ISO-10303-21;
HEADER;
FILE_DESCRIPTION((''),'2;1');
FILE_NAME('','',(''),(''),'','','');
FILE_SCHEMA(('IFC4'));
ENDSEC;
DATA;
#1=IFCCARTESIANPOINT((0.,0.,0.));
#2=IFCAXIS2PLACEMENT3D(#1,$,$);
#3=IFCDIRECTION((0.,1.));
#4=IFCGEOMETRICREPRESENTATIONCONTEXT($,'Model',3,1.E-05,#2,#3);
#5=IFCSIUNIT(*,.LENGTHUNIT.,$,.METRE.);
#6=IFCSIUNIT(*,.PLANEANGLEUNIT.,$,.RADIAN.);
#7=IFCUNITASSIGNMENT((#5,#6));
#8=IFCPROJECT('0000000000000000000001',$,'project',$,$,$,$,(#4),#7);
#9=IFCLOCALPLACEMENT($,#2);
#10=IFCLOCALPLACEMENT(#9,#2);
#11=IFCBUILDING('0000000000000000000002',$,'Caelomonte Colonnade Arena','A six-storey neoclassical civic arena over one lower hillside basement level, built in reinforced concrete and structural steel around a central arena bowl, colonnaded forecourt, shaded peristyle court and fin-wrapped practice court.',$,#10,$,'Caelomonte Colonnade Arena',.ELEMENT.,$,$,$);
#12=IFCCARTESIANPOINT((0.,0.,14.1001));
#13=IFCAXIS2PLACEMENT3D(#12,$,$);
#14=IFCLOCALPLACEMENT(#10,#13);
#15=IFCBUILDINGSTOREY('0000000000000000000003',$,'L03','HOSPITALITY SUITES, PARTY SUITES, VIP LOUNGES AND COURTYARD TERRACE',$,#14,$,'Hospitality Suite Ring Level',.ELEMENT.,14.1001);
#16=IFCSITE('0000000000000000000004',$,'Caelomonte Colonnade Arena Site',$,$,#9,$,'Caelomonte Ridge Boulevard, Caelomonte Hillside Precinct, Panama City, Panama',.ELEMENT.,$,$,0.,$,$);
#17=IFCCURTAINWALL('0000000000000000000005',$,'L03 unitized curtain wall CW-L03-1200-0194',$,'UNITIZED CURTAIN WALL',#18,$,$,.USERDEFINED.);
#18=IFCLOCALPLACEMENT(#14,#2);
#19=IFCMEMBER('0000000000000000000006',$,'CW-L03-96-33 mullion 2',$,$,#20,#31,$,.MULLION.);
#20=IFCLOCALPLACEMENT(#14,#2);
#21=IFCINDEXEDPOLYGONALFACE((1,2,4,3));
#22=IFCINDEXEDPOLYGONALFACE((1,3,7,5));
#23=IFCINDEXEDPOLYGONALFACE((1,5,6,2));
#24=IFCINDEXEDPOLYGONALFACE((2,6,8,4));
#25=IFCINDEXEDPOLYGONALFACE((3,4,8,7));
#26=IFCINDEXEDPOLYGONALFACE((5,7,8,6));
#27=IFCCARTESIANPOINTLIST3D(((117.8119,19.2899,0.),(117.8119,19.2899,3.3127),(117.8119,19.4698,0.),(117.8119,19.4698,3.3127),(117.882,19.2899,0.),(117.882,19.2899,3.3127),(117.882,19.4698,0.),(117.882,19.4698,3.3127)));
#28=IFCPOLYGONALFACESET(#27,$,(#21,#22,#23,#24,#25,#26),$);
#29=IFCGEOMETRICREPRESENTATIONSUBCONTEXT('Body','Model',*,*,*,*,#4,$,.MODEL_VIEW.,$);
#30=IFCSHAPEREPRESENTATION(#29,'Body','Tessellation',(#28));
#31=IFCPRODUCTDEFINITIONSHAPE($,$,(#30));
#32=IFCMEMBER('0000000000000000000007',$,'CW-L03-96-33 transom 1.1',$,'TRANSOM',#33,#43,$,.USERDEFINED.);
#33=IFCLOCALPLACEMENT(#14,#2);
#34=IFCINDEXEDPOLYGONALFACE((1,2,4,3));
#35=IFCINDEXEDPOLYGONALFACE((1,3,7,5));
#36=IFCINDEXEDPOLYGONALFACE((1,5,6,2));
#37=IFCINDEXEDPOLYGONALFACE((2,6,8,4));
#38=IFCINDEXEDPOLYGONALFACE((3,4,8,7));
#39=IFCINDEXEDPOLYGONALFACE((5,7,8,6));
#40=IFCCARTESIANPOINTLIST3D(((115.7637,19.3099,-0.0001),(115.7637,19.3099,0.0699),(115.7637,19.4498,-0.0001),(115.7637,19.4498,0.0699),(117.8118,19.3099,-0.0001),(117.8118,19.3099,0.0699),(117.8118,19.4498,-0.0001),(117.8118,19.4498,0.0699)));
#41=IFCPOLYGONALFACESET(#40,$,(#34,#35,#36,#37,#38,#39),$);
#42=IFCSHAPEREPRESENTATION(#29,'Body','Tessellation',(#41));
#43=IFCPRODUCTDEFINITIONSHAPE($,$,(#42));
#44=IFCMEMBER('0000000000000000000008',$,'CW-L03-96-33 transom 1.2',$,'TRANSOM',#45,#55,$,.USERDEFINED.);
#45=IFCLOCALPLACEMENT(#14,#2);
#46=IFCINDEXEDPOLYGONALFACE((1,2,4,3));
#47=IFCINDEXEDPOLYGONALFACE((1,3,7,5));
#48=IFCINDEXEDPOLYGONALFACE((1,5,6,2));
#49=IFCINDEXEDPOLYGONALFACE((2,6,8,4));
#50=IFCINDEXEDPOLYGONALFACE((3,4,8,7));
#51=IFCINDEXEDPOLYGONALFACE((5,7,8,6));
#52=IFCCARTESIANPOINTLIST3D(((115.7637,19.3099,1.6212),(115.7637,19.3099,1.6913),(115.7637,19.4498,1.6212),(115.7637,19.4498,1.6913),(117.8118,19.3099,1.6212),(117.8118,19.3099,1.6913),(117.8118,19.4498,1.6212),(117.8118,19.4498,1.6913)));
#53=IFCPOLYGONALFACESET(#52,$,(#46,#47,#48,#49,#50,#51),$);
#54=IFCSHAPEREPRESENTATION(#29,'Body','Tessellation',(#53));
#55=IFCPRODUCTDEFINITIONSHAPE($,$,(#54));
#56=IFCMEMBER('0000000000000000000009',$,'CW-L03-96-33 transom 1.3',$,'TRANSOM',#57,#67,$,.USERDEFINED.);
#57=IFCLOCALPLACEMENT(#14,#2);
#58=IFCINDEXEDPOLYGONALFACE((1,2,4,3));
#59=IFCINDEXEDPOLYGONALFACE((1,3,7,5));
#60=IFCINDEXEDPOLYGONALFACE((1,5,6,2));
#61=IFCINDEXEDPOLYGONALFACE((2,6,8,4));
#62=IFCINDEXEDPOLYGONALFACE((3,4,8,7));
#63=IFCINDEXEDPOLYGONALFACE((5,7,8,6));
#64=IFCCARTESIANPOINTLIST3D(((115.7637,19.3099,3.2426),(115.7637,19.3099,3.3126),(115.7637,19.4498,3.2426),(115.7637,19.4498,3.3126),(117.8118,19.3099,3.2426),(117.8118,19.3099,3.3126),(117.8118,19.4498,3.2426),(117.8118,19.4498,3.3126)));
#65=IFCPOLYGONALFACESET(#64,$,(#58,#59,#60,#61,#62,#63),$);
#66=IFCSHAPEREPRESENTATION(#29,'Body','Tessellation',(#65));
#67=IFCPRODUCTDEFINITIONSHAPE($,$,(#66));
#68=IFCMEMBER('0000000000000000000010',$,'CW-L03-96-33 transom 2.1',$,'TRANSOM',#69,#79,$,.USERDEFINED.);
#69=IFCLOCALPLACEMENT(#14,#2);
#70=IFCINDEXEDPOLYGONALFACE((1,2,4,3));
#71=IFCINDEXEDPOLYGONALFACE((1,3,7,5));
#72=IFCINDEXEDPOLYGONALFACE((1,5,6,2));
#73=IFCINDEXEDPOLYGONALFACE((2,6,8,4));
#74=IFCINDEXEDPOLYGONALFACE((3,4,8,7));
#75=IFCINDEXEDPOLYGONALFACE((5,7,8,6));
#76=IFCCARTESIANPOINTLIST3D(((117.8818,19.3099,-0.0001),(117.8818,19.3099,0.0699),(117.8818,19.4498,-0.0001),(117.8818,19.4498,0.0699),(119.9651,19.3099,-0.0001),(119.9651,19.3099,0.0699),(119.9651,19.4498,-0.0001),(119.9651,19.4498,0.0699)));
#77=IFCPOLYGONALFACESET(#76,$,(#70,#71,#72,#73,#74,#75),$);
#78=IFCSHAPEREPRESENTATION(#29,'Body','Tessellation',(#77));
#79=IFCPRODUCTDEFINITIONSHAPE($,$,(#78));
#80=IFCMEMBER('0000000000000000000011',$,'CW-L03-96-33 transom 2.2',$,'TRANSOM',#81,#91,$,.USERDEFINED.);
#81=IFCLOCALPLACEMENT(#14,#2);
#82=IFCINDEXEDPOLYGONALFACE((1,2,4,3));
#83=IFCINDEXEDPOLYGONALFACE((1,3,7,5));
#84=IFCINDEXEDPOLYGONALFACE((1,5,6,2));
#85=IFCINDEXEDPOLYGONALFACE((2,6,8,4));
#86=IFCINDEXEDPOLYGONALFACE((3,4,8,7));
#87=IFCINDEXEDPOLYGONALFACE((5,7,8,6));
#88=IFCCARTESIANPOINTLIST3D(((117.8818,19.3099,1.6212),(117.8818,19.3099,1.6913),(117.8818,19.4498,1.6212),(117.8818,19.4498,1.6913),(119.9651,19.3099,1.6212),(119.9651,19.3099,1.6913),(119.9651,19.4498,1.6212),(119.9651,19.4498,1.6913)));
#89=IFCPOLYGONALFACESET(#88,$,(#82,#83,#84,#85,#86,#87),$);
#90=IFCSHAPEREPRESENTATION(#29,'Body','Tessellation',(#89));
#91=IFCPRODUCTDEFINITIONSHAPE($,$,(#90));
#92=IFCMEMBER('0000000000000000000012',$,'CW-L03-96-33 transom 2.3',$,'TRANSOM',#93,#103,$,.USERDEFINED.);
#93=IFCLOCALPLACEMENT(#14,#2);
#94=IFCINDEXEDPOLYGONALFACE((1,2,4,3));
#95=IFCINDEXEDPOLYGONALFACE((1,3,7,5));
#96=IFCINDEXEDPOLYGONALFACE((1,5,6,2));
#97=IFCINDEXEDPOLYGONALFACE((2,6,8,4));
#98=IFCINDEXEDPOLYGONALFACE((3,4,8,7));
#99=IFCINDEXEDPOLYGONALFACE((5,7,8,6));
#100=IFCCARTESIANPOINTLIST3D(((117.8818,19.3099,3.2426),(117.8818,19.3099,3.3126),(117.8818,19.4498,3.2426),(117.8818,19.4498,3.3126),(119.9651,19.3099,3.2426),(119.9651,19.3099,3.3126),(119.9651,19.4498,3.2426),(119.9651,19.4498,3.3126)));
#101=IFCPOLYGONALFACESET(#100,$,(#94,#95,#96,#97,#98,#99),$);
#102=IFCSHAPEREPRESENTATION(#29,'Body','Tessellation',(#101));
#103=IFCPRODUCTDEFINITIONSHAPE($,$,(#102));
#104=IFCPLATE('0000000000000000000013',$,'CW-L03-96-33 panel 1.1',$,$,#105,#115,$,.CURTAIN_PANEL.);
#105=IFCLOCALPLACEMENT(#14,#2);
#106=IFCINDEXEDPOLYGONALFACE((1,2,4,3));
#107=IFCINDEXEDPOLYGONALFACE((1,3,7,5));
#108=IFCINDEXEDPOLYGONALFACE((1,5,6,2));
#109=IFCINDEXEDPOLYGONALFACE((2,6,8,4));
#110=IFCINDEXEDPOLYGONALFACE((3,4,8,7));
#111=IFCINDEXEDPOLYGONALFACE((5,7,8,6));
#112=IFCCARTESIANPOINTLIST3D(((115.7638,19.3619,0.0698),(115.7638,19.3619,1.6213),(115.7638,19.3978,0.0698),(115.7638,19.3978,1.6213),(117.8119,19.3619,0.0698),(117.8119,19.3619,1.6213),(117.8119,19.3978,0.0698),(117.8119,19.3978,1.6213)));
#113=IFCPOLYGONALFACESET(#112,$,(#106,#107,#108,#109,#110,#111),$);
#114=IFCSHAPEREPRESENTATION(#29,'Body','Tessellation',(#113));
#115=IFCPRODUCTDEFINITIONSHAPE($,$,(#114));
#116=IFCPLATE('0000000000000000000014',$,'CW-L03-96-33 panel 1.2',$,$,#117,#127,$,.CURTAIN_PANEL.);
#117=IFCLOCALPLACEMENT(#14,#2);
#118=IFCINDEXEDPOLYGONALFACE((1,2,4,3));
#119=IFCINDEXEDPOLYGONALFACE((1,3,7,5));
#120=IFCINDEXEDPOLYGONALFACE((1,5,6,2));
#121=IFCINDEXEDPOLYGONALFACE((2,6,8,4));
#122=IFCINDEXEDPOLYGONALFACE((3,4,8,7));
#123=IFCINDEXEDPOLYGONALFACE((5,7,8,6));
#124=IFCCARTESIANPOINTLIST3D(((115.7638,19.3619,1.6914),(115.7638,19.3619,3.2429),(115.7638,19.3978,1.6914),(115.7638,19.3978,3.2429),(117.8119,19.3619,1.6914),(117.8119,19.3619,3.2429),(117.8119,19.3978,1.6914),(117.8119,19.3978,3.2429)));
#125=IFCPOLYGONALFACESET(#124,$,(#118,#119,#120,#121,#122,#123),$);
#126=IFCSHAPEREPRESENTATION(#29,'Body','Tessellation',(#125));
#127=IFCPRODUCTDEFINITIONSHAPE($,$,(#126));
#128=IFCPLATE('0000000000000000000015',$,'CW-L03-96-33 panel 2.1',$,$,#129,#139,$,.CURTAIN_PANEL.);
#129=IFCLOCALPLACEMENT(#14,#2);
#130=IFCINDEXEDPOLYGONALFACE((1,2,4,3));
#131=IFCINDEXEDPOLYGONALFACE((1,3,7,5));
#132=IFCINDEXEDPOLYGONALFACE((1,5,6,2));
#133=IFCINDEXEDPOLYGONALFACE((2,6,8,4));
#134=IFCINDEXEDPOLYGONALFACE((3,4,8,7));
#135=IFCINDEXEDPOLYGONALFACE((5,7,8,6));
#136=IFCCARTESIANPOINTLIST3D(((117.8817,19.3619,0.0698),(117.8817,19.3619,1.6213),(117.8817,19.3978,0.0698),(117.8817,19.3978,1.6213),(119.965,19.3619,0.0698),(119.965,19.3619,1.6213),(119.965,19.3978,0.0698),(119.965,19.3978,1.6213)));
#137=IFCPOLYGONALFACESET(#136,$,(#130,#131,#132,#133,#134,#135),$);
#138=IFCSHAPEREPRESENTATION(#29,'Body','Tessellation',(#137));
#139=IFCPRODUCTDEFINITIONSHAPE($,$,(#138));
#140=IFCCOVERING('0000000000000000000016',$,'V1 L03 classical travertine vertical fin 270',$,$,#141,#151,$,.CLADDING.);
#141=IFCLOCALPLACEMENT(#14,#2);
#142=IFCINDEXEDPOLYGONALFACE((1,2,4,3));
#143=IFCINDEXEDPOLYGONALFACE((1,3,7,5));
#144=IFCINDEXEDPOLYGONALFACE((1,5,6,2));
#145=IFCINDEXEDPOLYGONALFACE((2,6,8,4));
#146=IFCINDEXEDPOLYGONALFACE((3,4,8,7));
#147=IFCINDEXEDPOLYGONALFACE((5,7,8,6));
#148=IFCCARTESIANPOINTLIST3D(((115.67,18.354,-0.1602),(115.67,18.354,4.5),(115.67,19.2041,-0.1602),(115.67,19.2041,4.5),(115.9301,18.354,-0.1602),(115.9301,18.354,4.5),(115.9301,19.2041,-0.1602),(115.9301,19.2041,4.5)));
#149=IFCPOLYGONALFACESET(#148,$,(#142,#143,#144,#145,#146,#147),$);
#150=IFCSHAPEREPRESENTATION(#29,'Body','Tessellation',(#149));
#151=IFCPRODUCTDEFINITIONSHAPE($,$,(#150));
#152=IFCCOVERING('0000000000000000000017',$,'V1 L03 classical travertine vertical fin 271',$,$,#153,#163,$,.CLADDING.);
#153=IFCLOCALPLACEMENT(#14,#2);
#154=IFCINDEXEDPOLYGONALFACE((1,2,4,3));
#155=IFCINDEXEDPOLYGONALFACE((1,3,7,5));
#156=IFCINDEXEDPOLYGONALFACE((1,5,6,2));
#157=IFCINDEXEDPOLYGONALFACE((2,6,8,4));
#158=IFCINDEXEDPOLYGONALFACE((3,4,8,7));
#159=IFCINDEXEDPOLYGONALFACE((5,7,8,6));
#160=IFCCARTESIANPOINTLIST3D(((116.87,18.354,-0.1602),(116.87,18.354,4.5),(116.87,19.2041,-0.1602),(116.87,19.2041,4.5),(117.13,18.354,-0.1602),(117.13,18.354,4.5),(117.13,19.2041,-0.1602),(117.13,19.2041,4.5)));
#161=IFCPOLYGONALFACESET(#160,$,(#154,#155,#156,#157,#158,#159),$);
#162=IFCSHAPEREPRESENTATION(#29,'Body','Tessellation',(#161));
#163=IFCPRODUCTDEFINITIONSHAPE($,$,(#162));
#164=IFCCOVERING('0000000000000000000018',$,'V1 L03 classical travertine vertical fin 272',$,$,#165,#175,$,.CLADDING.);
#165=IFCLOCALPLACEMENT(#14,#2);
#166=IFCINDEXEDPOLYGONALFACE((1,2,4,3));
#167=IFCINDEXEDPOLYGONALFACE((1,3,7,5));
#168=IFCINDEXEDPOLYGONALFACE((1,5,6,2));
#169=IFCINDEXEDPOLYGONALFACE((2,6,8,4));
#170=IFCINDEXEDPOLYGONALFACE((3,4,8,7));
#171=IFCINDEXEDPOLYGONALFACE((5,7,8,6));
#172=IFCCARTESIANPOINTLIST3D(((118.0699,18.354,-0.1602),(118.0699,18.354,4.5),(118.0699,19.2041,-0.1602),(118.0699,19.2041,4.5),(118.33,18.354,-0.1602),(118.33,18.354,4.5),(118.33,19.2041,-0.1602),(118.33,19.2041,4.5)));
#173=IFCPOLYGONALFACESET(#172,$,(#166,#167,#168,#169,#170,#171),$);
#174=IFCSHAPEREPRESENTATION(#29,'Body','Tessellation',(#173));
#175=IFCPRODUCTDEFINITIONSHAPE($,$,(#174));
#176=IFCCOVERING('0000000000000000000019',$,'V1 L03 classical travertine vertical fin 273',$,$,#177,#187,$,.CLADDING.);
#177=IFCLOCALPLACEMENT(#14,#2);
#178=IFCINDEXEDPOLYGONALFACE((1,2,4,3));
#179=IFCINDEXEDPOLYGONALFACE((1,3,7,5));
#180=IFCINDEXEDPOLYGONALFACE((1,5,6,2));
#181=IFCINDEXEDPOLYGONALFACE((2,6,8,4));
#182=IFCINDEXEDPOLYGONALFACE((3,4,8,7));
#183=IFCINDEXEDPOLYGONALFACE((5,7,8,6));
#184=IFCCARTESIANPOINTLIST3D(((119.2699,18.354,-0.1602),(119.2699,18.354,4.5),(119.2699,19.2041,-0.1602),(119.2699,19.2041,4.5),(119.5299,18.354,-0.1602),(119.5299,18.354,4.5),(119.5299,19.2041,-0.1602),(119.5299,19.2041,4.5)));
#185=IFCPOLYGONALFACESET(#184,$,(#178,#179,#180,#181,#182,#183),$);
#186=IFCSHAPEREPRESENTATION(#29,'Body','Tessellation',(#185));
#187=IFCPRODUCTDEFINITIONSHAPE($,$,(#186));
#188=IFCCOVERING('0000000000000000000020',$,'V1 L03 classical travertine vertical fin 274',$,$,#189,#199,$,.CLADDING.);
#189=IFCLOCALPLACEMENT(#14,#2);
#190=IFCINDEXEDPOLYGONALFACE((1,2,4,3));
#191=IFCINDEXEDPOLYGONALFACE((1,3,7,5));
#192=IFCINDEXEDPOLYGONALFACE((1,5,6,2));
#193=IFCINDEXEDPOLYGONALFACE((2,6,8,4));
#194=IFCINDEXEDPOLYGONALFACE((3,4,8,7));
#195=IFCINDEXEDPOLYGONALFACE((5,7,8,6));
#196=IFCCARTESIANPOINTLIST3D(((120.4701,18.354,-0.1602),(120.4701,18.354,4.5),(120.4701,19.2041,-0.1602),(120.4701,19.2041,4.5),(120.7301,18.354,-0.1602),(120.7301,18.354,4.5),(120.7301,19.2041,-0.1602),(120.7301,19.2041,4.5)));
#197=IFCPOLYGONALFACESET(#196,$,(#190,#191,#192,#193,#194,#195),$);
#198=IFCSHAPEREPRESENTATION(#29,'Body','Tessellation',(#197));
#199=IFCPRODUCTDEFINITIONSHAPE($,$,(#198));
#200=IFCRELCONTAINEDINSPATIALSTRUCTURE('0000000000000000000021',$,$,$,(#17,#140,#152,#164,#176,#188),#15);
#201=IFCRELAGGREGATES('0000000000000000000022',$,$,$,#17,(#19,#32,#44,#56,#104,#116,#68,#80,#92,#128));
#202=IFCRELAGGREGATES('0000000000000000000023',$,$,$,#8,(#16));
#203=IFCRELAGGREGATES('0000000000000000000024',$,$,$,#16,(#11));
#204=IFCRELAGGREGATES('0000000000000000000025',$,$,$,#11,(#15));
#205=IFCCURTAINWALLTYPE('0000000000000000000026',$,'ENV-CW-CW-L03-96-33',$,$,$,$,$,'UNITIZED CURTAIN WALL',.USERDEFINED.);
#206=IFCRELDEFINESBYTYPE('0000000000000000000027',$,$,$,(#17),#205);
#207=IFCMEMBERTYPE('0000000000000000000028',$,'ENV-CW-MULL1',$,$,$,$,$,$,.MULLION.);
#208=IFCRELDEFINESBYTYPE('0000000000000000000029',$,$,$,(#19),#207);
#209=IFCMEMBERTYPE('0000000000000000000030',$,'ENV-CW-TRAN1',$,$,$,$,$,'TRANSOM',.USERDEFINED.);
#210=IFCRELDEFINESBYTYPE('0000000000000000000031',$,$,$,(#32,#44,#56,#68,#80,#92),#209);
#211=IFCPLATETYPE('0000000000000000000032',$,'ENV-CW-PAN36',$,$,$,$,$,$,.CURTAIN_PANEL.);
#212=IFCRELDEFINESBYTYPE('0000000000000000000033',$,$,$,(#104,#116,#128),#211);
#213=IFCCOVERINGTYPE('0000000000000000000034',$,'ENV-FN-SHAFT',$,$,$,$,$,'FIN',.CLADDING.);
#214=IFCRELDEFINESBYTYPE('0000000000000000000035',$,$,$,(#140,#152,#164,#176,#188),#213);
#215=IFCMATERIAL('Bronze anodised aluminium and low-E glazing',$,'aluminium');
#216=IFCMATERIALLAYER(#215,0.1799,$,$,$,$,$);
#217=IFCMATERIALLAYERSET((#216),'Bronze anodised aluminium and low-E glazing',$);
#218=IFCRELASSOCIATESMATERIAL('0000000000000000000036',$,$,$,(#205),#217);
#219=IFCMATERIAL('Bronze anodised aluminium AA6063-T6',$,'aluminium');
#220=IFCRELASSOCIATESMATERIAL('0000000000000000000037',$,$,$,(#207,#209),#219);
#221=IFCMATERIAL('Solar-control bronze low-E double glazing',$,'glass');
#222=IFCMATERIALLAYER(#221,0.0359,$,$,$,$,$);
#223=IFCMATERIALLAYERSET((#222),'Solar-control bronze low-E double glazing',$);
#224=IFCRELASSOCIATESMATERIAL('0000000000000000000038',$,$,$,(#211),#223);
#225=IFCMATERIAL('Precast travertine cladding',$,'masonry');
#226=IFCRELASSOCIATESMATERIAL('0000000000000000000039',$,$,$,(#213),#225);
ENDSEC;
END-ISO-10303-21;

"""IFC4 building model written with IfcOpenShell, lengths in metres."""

from ifc_helpers import new_model, si_unit, direction, frame, origin, origin_2d, place, context, subcontext, project, spatial, rectangle, extrude, material, layer, layer_set, material_profile, profile_set, type_object, element, aggregate, save


model = new_model("IFC4")

# Units and contexts
model_context = context("Model", 3, precision=1e-05, world=origin(), true_north=direction((0.0, 1.0)))
body_context = subcontext(model_context, "Body", "Model", "MODEL_VIEW")
ifc_project = project(units=[si_unit("LENGTHUNIT", "METRE"), si_unit("PLANEANGLEUNIT", "RADIAN")], contexts=[model_context])

# Site, building, storey
site_placement = place(None, origin())
site = spatial("IfcSite", under=ifc_project, at=site_placement, Name="Caelomonte Colonnade Arena Site", LongName="Caelomonte Ridge Boulevard, Caelomonte Hillside Precinct, Panama City, Panama", CompositionType="ELEMENT", RefElevation=0.0)
building_placement = place(site_placement, origin())
building = spatial("IfcBuilding", under=site, at=building_placement, Name="Caelomonte Colonnade Arena", Description="A six-storey neoclassical civic arena over one lower hillside basement level, built in reinforced concrete and structural steel around a central arena bowl, colonnaded forecourt, shaded peristyle court and fin-wrapped practice court.", LongName="Caelomonte Colonnade Arena", CompositionType="ELEMENT")
storey_placement = place(building_placement, frame((0.0, 0.0, 14.1001)))
storey = spatial("IfcBuildingStorey", under=building, at=storey_placement, Name="L03", Description="HOSPITALITY SUITES, PARTY SUITES, VIP LOUNGES AND COURTYARD TERRACE", LongName="Hospitality Suite Ring Level", CompositionType="ELEMENT", Elevation=14.1001)

# Curtain wall, members, plates
ifc_material_1 = material(Name="Bronze anodised aluminium and low-E glazing", Category="aluminium")
ifc_layer_1 = layer(ifc_material_1, 0.1799)
ifc_layer_set_1 = layer_set([ifc_layer_1], Name="Bronze anodised aluminium and low-E glazing")
curtain_wall_type = type_object("IfcCurtainWallType", Name="ENV-CW-CW-L03-96-33", ElementType="UNITIZED CURTAIN WALL", PredefinedType="USERDEFINED", material=ifc_layer_set_1)
curtain_wall_placement = place(storey_placement, origin())
curtain_wall = element("IfcCurtainWall", 1, at=curtain_wall_placement, inside=storey, type_object=curtain_wall_type, Name="L03 unitized curtain wall CW-L03-1200-0194", ObjectType="UNITIZED CURTAIN WALL", PredefinedType="USERDEFINED")
ifc_material_2 = material(Name="Bronze anodised aluminium AA6063-T6", Category="aluminium")
ifc_material_profile_1 = material_profile(ifc_material_2, rectangle(XDim=0.0701, YDim=0.1799, at=origin_2d()), Name="CWM-70X180")
ifc_profile_set_1 = profile_set([ifc_material_profile_1], Name="Bronze anodised aluminium AA6063-T6")
member_type_1 = type_object("IfcMemberType", Name="ENV-CW-MULL1", PredefinedType="MULLION", material=ifc_profile_set_1)
member_1_placement = place(storey_placement, frame((117.8469, 19.3799, 0.0), z_axis=(0.0, 0.0, 1.0), x_axis=(1.0, 0.0, 0.0)))
member_1 = element("IfcMember", 2, at=member_1_placement, type_object=member_type_1, Name="CW-L03-96-33 mullion 2", PredefinedType="MULLION", context=body_context, shape_type="SweptSolid", body=[
    extrude(rectangle(XDim=0.0701, YDim=0.1799, at=origin_2d()), origin(), (0.0, 0.0, 1.0), 3.3127),
])
ifc_material_profile_2 = material_profile(ifc_material_2, rectangle(XDim=0.0701, YDim=0.1399, at=origin_2d()), Name="CWT-70X140")
ifc_profile_set_2 = profile_set([ifc_material_profile_2], Name="Bronze anodised aluminium AA6063-T6")
member_type_2 = type_object("IfcMemberType", Name="ENV-CW-TRAN1", ElementType="TRANSOM", PredefinedType="USERDEFINED", material=ifc_profile_set_2)
member_2_placement = place(storey_placement, frame((115.7637, 19.3799, 0.0349), z_axis=(1.0, 0.0, 0.0), x_axis=(0.0, 0.0, 1.0)))
member_2 = element("IfcMember", 3, at=member_2_placement, type_object=member_type_2, Name="CW-L03-96-33 transom 1.1", ObjectType="TRANSOM", PredefinedType="USERDEFINED", context=body_context, shape_type="SweptSolid", body=[
    extrude(rectangle(XDim=0.0701, YDim=0.1399, at=origin_2d()), origin(), (0.0, 0.0, 1.0), 2.0481),
])
member_3_placement = place(storey_placement, frame((115.7637, 19.3799, 1.6562), z_axis=(1.0, 0.0, 0.0), x_axis=(0.0, 0.0, 1.0)))
member_3 = element("IfcMember", 4, at=member_3_placement, type_object=member_type_2, Name="CW-L03-96-33 transom 1.2", ObjectType="TRANSOM", PredefinedType="USERDEFINED", context=body_context, shape_type="SweptSolid", body=[
    extrude(rectangle(XDim=0.0701, YDim=0.1399, at=origin_2d()), origin(), (0.0, 0.0, 1.0), 2.0481),
])
member_4_placement = place(storey_placement, frame((115.7637, 19.3799, 3.2776), z_axis=(1.0, 0.0, 0.0), x_axis=(0.0, 0.0, 1.0)))
member_4 = element("IfcMember", 5, at=member_4_placement, type_object=member_type_2, Name="CW-L03-96-33 transom 1.3", ObjectType="TRANSOM", PredefinedType="USERDEFINED", context=body_context, shape_type="SweptSolid", body=[
    extrude(rectangle(XDim=0.0701, YDim=0.1399, at=origin_2d()), origin(), (0.0, 0.0, 1.0), 2.0481),
])
member_5_placement = place(storey_placement, frame((117.8818, 19.3799, 0.0349), z_axis=(1.0, 0.0, 0.0), x_axis=(0.0, 0.0, 1.0)))
member_5 = element("IfcMember", 6, at=member_5_placement, type_object=member_type_2, Name="CW-L03-96-33 transom 2.1", ObjectType="TRANSOM", PredefinedType="USERDEFINED", context=body_context, shape_type="SweptSolid", body=[
    extrude(rectangle(XDim=0.0701, YDim=0.1399, at=origin_2d()), origin(), (0.0, 0.0, 1.0), 2.0833),
])
member_6_placement = place(storey_placement, frame((117.8818, 19.3799, 1.6562), z_axis=(1.0, 0.0, 0.0), x_axis=(0.0, 0.0, 1.0)))
member_6 = element("IfcMember", 7, at=member_6_placement, type_object=member_type_2, Name="CW-L03-96-33 transom 2.2", ObjectType="TRANSOM", PredefinedType="USERDEFINED", context=body_context, shape_type="SweptSolid", body=[
    extrude(rectangle(XDim=0.0701, YDim=0.1399, at=origin_2d()), origin(), (0.0, 0.0, 1.0), 2.0833),
])
member_7_placement = place(storey_placement, frame((117.8818, 19.3799, 3.2776), z_axis=(1.0, 0.0, 0.0), x_axis=(0.0, 0.0, 1.0)))
member_7 = element("IfcMember", 8, at=member_7_placement, type_object=member_type_2, Name="CW-L03-96-33 transom 2.3", ObjectType="TRANSOM", PredefinedType="USERDEFINED", context=body_context, shape_type="SweptSolid", body=[
    extrude(rectangle(XDim=0.0701, YDim=0.1399, at=origin_2d()), origin(), (0.0, 0.0, 1.0), 2.0833),
])
ifc_material_3 = material(Name="Solar-control bronze low-E double glazing", Category="glass")
ifc_layer_2 = layer(ifc_material_3, 0.0359)
ifc_layer_set_2 = layer_set([ifc_layer_2], Name="Solar-control bronze low-E double glazing")
plate_type = type_object("IfcPlateType", Name="ENV-CW-PAN36", PredefinedType="CURTAIN_PANEL", material=ifc_layer_set_2)
plate_1_placement = place(storey_placement, frame((116.7878, 19.3799, 0.0698), z_axis=(0.0, 0.0, 1.0), x_axis=(1.0, 0.0, 0.0)))
plate_1 = element("IfcPlate", 9, at=plate_1_placement, type_object=plate_type, Name="CW-L03-96-33 panel 1.1", PredefinedType="CURTAIN_PANEL", context=body_context, shape_type="SweptSolid", body=[
    extrude(rectangle(XDim=2.0481, YDim=0.0359, at=origin_2d()), origin(), (0.0, 0.0, 1.0), 1.5515),
])
plate_2_placement = place(storey_placement, frame((116.7878, 19.3799, 1.6914), z_axis=(0.0, 0.0, 1.0), x_axis=(1.0, 0.0, 0.0)))
plate_2 = element("IfcPlate", 10, at=plate_2_placement, type_object=plate_type, Name="CW-L03-96-33 panel 1.2", PredefinedType="CURTAIN_PANEL", context=body_context, shape_type="SweptSolid", body=[
    extrude(rectangle(XDim=2.0481, YDim=0.0359, at=origin_2d()), origin(), (0.0, 0.0, 1.0), 1.5515),
])
plate_3_placement = place(storey_placement, frame((118.9233, 19.3799, 0.0698), z_axis=(0.0, 0.0, 1.0), x_axis=(1.0, 0.0, 0.0)))
plate_3 = element("IfcPlate", 11, at=plate_3_placement, type_object=plate_type, Name="CW-L03-96-33 panel 2.1", PredefinedType="CURTAIN_PANEL", context=body_context, shape_type="SweptSolid", body=[
    extrude(rectangle(XDim=2.0833, YDim=0.0359, at=origin_2d()), origin(), (0.0, 0.0, 1.0), 1.5515),
])
aggregate(curtain_wall, [member_1, member_2, member_3, member_4, plate_1, plate_2, member_5, member_6, member_7, plate_3])

# Coverings
ifc_material_4 = material(Name="Precast travertine cladding", Category="masonry")
ifc_material_profile_3 = material_profile(ifc_material_4, rectangle(XDim=0.26, YDim=0.8501, at=origin_2d()), Name="FIN260X850")
ifc_profile_set_3 = profile_set([ifc_material_profile_3], Name="Precast travertine cladding")
covering_type = type_object("IfcCoveringType", Name="ENV-FN-SHAFT", ElementType="FIN", PredefinedType="CLADDING", material=ifc_profile_set_3)
for number, where, z_axis, x_axis, name in (
    (12, (115.8, 18.7791, -0.1602), (0.0, 0.0, 1.0), (-1.0, 0.0, 0.0), "V1 L03 classical travertine vertical fin 270"),
    (13, (117.0, 18.7791, -0.1602), (0.0, 0.0, 1.0), (-1.0, 0.0, 0.0), "V1 L03 classical travertine vertical fin 271"),
    (14, (118.2, 18.7791, -0.1602), (0.0, 0.0, 1.0), (-1.0, 0.0, 0.0), "V1 L03 classical travertine vertical fin 272"),
    (15, (119.3999, 18.7791, -0.1602), (0.0, 0.0, 1.0), (-1.0, 0.0, 0.0), "V1 L03 classical travertine vertical fin 273"),
    (16, (120.6001, 18.7791, -0.1602), (0.0, 0.0, 1.0), (-1.0, 0.0, 0.0), "V1 L03 classical travertine vertical fin 274"),
):
    element("IfcCovering", number, at=place(storey_placement, frame(where, z_axis=z_axis, x_axis=x_axis)), inside=storey, type_object=covering_type, Name=name, PredefinedType="CLADDING", context=body_context, shape_type="SweptSolid", body=[
        extrude(rectangle(XDim=0.26, YDim=0.8501, at=origin_2d()), origin(), (0.0, 0.0, 1.0), 4.6602),
    ])

save(model, "model.ifc")
